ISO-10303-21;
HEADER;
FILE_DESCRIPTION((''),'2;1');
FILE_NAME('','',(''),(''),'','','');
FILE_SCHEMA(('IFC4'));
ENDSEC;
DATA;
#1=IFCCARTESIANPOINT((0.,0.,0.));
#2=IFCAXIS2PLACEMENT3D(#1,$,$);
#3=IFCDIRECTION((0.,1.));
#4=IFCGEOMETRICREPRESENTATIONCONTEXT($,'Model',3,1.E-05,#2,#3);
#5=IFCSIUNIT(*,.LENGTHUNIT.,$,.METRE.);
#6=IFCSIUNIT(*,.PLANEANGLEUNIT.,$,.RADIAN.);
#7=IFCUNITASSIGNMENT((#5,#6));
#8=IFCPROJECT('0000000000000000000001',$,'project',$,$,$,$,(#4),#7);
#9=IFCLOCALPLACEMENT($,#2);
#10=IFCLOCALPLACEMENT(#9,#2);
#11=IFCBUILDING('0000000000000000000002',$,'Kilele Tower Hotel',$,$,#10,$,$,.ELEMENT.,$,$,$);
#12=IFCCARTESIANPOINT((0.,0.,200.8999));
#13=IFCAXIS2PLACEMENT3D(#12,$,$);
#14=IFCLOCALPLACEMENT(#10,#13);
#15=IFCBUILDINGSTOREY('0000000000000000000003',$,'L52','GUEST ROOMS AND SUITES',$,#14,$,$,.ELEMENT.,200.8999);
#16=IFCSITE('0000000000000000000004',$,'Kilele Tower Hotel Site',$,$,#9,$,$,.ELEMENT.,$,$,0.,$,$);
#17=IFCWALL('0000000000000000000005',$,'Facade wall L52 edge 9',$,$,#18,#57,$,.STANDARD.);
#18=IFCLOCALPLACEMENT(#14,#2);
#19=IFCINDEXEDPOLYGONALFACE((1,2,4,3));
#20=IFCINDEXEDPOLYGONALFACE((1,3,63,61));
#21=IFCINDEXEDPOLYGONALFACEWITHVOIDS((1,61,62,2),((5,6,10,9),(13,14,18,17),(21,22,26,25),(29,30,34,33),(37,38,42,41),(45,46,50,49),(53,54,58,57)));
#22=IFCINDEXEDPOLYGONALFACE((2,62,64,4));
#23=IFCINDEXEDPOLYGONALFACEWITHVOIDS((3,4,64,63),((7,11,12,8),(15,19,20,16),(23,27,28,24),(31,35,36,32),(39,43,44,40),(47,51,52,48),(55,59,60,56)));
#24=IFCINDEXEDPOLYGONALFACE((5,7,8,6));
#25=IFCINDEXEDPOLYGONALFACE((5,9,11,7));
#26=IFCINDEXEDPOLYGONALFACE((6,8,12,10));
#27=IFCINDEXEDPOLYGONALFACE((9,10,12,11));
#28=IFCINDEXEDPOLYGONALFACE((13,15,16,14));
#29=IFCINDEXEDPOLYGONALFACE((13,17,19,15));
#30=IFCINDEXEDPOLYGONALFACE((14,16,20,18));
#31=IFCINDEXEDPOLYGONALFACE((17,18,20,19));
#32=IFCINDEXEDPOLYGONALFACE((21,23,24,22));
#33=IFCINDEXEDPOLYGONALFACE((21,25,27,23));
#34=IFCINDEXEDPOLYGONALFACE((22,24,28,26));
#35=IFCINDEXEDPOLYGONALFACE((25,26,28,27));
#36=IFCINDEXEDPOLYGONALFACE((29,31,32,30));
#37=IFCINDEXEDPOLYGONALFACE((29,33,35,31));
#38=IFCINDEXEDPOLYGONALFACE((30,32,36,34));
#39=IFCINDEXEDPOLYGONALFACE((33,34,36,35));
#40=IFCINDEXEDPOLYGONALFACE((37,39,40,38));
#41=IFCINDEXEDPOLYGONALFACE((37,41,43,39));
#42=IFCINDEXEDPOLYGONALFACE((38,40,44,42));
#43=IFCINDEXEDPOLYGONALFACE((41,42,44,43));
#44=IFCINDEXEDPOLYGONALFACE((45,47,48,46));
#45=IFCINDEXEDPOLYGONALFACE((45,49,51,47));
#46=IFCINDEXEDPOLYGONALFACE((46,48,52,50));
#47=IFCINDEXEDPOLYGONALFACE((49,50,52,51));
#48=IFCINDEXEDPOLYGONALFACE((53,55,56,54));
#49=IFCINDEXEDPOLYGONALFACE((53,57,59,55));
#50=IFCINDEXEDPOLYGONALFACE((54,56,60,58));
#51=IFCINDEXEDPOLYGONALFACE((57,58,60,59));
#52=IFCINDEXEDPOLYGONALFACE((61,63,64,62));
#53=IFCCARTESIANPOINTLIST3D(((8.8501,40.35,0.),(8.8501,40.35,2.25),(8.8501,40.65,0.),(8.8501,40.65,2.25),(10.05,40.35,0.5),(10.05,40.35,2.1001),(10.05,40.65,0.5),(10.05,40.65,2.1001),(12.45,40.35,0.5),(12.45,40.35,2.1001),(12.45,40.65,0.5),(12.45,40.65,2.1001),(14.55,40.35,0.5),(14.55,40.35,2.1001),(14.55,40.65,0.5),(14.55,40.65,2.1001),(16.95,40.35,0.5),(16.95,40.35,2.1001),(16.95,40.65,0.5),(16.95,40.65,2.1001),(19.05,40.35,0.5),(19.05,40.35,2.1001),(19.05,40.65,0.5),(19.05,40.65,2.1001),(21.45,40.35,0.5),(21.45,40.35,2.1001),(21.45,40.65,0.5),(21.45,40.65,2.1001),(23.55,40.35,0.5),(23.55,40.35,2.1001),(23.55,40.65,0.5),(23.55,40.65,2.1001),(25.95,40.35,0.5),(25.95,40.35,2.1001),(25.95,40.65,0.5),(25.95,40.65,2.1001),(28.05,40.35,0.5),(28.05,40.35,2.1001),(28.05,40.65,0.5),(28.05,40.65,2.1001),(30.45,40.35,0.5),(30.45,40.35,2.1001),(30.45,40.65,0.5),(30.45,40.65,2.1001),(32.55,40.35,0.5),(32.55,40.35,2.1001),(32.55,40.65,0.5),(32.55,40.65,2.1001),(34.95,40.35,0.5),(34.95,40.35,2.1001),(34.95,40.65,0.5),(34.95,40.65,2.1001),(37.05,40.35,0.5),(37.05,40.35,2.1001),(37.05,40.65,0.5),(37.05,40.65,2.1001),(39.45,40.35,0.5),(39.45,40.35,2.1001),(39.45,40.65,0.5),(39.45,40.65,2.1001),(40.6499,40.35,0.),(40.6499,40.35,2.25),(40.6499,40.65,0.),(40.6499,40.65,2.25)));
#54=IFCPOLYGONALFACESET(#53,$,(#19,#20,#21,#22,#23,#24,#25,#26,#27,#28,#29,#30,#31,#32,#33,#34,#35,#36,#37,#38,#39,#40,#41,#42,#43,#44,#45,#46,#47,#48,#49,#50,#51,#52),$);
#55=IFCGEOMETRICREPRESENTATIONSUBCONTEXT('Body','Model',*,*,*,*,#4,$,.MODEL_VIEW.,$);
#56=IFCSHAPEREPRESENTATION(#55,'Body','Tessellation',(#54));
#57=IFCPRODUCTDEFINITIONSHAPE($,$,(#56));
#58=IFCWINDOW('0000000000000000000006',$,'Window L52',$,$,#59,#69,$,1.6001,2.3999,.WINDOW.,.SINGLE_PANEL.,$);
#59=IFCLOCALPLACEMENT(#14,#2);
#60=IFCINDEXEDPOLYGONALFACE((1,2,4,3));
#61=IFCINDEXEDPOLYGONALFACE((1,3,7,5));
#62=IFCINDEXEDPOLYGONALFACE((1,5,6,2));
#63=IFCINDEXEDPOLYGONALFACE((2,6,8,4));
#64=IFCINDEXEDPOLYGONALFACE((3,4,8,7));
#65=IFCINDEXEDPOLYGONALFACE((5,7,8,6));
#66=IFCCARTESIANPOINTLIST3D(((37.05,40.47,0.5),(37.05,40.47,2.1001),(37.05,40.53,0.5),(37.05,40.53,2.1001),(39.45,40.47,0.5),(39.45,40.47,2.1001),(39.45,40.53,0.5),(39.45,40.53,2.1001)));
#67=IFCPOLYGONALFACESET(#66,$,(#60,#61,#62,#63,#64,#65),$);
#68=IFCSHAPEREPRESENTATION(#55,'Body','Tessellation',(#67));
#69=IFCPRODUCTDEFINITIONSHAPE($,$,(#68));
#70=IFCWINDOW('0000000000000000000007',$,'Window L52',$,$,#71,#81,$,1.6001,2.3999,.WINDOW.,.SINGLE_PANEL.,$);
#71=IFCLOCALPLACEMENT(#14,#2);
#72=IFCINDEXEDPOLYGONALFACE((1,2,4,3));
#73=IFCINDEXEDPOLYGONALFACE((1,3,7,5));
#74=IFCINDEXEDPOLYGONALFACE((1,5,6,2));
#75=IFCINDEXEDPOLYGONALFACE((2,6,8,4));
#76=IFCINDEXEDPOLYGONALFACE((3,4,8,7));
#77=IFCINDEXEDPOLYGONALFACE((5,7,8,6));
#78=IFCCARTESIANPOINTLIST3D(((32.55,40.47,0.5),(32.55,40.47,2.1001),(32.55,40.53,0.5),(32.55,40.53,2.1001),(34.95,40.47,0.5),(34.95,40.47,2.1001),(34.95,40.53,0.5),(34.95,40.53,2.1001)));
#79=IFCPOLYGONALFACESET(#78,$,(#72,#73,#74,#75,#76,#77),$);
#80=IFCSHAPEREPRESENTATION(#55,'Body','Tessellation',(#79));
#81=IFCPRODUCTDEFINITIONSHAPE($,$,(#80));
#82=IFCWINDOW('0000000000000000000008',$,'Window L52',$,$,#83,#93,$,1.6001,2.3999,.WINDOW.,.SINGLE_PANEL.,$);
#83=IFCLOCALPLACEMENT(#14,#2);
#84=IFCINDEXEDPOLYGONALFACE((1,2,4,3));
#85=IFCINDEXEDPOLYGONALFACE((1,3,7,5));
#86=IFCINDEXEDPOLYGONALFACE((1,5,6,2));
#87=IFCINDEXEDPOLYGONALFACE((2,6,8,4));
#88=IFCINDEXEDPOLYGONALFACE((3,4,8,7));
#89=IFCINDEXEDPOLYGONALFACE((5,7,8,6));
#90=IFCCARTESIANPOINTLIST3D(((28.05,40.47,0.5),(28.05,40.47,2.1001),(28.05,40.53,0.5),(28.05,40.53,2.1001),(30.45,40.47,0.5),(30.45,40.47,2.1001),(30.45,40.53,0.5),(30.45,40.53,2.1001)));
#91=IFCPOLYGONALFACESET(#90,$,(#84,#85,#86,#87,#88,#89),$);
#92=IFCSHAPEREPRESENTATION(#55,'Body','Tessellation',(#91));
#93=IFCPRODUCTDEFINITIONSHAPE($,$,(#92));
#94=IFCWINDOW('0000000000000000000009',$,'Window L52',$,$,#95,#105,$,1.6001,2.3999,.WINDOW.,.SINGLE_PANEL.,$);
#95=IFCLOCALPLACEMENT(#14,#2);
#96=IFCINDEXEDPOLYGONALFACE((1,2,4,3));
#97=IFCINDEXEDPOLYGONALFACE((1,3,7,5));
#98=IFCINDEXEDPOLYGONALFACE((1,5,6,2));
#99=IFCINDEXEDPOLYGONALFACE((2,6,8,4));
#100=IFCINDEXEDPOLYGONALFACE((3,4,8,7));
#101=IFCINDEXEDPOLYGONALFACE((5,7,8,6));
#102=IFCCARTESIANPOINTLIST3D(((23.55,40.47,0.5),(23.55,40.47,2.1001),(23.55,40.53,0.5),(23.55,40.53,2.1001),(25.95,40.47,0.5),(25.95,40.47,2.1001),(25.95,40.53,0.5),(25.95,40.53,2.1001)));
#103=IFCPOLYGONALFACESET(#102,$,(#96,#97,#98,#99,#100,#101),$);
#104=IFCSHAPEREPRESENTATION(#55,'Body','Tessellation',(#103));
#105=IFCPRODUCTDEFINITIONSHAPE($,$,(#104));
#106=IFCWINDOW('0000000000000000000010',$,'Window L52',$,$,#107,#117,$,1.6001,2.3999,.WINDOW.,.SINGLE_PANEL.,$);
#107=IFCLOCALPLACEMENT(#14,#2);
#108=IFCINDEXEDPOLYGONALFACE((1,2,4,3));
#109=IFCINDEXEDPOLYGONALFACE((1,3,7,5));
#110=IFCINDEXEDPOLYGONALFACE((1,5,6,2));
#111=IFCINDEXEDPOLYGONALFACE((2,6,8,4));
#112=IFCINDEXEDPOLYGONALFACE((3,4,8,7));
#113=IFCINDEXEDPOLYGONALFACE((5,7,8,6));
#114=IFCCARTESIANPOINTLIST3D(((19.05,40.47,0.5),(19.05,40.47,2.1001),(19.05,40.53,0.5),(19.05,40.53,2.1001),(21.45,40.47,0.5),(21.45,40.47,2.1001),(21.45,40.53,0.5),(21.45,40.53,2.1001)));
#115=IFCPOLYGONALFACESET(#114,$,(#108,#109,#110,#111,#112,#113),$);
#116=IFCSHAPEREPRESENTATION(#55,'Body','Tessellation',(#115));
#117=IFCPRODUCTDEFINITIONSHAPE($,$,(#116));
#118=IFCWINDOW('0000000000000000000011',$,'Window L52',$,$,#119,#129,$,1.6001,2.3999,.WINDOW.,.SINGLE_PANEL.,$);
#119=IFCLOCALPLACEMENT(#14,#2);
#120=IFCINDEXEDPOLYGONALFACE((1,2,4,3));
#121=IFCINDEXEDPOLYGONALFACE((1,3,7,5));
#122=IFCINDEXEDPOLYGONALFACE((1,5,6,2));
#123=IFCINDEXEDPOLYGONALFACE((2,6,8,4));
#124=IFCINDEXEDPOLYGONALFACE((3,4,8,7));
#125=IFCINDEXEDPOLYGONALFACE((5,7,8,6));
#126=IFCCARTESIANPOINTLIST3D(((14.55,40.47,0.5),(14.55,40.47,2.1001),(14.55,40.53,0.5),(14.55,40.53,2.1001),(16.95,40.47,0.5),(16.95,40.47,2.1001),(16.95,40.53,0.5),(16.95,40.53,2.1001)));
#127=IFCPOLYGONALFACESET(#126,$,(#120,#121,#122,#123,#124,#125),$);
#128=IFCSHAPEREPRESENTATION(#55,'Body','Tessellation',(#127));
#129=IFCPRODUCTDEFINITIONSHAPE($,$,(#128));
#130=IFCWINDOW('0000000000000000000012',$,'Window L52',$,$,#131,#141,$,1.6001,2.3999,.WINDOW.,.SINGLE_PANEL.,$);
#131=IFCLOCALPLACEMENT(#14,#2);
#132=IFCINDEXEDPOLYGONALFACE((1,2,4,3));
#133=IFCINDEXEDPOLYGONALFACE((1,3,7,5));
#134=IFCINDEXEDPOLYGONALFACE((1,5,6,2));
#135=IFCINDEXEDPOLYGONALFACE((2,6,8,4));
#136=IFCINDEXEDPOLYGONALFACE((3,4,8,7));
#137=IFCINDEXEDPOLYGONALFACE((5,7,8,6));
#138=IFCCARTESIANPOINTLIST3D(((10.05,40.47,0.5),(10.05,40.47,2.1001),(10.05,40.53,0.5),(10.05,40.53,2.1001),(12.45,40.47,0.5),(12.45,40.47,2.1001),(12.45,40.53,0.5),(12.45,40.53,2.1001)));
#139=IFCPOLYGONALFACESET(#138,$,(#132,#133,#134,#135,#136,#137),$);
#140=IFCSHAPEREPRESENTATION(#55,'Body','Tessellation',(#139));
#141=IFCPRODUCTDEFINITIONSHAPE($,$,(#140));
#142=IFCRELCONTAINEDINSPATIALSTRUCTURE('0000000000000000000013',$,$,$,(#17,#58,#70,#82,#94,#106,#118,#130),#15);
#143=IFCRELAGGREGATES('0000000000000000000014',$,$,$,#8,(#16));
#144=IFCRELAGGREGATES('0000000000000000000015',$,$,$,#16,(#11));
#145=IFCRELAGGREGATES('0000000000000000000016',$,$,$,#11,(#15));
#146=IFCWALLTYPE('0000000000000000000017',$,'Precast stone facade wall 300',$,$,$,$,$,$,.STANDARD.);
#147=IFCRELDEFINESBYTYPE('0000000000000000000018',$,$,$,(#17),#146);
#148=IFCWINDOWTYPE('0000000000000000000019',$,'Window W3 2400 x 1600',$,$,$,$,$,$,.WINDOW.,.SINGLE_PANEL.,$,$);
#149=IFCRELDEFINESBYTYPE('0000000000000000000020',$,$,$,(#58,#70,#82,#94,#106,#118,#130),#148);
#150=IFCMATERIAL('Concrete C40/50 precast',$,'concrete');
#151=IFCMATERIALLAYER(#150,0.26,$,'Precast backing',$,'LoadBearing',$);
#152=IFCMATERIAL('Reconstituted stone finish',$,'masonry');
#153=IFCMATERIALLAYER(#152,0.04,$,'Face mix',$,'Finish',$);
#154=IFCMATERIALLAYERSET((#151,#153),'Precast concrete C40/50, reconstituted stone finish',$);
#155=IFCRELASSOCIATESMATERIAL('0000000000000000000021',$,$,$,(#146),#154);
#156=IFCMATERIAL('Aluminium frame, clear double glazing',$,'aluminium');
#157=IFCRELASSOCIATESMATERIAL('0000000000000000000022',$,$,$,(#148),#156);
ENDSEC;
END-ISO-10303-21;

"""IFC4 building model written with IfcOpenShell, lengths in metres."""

from ifc_helpers import new_model, si_unit, direction, frame, frame_2d, origin, place, context, subcontext, project, spatial, rectangle, extrude, material, layer, layer_set, type_object, element, fill, save


model = new_model("IFC4")

# Units and contexts
model_context = context("Model", 3, precision=1e-05, world=origin(), true_north=direction((0.0, 1.0)))
body_context = subcontext(model_context, "Body", "Model", "MODEL_VIEW")
ifc_project = project(units=[si_unit("LENGTHUNIT", "METRE"), si_unit("PLANEANGLEUNIT", "RADIAN")], contexts=[model_context])

# Site, building, storey
site_placement = place(None, origin())
site = spatial("IfcSite", under=ifc_project, at=site_placement, Name="Kilele Tower Hotel Site", CompositionType="ELEMENT", RefElevation=0.0)
building_placement = place(site_placement, origin())
building = spatial("IfcBuilding", under=site, at=building_placement, Name="Kilele Tower Hotel", CompositionType="ELEMENT")
storey_placement = place(building_placement, frame((0.0, 0.0, 200.8999)))
storey = spatial("IfcBuildingStorey", under=building, at=storey_placement, Name="L52", Description="GUEST ROOMS AND SUITES", CompositionType="ELEMENT", Elevation=200.8999)

# Shared definitions
ifc_material_1 = material(Name="Concrete C40/50 precast", Category="concrete")
ifc_layer_1 = layer(ifc_material_1, 0.26, Name="Precast backing", Category="LoadBearing")
ifc_material_2 = material(Name="Reconstituted stone finish", Category="masonry")
ifc_layer_2 = layer(ifc_material_2, 0.04, Name="Face mix", Category="Finish")
ifc_layer_set_1 = layer_set([ifc_layer_1, ifc_layer_2], Name="Precast concrete C40/50, reconstituted stone finish")
wall_type_1 = type_object("IfcWallType", Name="Precast stone facade wall 300", PredefinedType="STANDARD", material=ifc_layer_set_1)
ifc_material_3 = material(Name="Aluminium frame, clear double glazing", Category="aluminium")
window_type = type_object("IfcWindowType", Name="Window W3 2400 x 1600", PartitioningType="SINGLE_PANEL", PredefinedType="WINDOW", material=ifc_material_3)

# Wall, openings, windows
wall_1_placement = place(storey_placement, frame((40.6499, 40.5, 0.0), z_axis=(0.0, 0.0, 1.0), x_axis=(-1.0, 0.0, 0.0)))
wall_1 = element("IfcWall", 1, at=wall_1_placement, inside=storey, type_object=wall_type_1, Name="Facade wall L52 edge 9", PredefinedType="STANDARD", context=body_context, shape_type="SweptSolid", body=[
    extrude(rectangle(XDim=31.7998, YDim=0.3, at=frame_2d((15.8999, 0.0))), origin(), (0.0, 0.0, 1.0), 2.25),
])
opening_1_placement = place(wall_1_placement, frame((1.2, 0.0, 0.5)))
opening_1 = element("IfcOpeningElement", 2, at=opening_1_placement, cuts=wall_1, PredefinedType="OPENING", context=body_context, shape_type="SweptSolid", body=[
    extrude(rectangle(XDim=2.3999, YDim=1.6001, at=frame_2d((1.2, 0.8))), frame((0.0, 0.1599, 0.0), z_axis=(0.0, -1.0, 0.0), x_axis=(1.0, 0.0, 0.0)), (0.0, 0.0, 1.0), 0.3201),
])
opening_2_placement = place(wall_1_placement, frame((5.7, 0.0, 0.5)))
opening_2 = element("IfcOpeningElement", 3, at=opening_2_placement, cuts=wall_1, PredefinedType="OPENING", context=body_context, shape_type="SweptSolid", body=[
    extrude(rectangle(XDim=2.3999, YDim=1.6001, at=frame_2d((1.2, 0.8))), frame((0.0, 0.1599, 0.0), z_axis=(0.0, -1.0, 0.0), x_axis=(1.0, 0.0, 0.0)), (0.0, 0.0, 1.0), 0.3201),
])
opening_3_placement = place(wall_1_placement, frame((10.2, 0.0, 0.5)))
opening_3 = element("IfcOpeningElement", 4, at=opening_3_placement, cuts=wall_1, PredefinedType="OPENING", context=body_context, shape_type="SweptSolid", body=[
    extrude(rectangle(XDim=2.3999, YDim=1.6001, at=frame_2d((1.2, 0.8))), frame((0.0, 0.1599, 0.0), z_axis=(0.0, -1.0, 0.0), x_axis=(1.0, 0.0, 0.0)), (0.0, 0.0, 1.0), 0.3201),
])
opening_4_placement = place(wall_1_placement, frame((14.7, 0.0, 0.5)))
opening_4 = element("IfcOpeningElement", 5, at=opening_4_placement, cuts=wall_1, PredefinedType="OPENING", context=body_context, shape_type="SweptSolid", body=[
    extrude(rectangle(XDim=2.3999, YDim=1.6001, at=frame_2d((1.2, 0.8))), frame((0.0, 0.1599, 0.0), z_axis=(0.0, -1.0, 0.0), x_axis=(1.0, 0.0, 0.0)), (0.0, 0.0, 1.0), 0.3201),
])
opening_5_placement = place(wall_1_placement, frame((19.2, 0.0, 0.5)))
opening_5 = element("IfcOpeningElement", 6, at=opening_5_placement, cuts=wall_1, PredefinedType="OPENING", context=body_context, shape_type="SweptSolid", body=[
    extrude(rectangle(XDim=2.3999, YDim=1.6001, at=frame_2d((1.2, 0.8))), frame((0.0, 0.1599, 0.0), z_axis=(0.0, -1.0, 0.0), x_axis=(1.0, 0.0, 0.0)), (0.0, 0.0, 1.0), 0.3201),
])
opening_6_placement = place(wall_1_placement, frame((23.7, 0.0, 0.5)))
opening_6 = element("IfcOpeningElement", 7, at=opening_6_placement, cuts=wall_1, PredefinedType="OPENING", context=body_context, shape_type="SweptSolid", body=[
    extrude(rectangle(XDim=2.3999, YDim=1.6001, at=frame_2d((1.2, 0.8))), frame((0.0, 0.1599, 0.0), z_axis=(0.0, -1.0, 0.0), x_axis=(1.0, 0.0, 0.0)), (0.0, 0.0, 1.0), 0.3201),
])
opening_7_placement = place(wall_1_placement, frame((28.2, 0.0, 0.5)))
opening_7 = element("IfcOpeningElement", 8, at=opening_7_placement, cuts=wall_1, PredefinedType="OPENING", context=body_context, shape_type="SweptSolid", body=[
    extrude(rectangle(XDim=2.3999, YDim=1.6001, at=frame_2d((1.2, 0.8))), frame((0.0, 0.1599, 0.0), z_axis=(0.0, -1.0, 0.0), x_axis=(1.0, 0.0, 0.0)), (0.0, 0.0, 1.0), 0.3201),
])
window_1_placement = place(opening_1_placement, origin())
window_1 = element("IfcWindow", 9, at=window_1_placement, inside=storey, type_object=window_type, Name="Window L52", OverallHeight=1.6001, OverallWidth=2.3999, PartitioningType="SINGLE_PANEL", PredefinedType="WINDOW", context=body_context, shape_type="SweptSolid", body=[
    extrude(rectangle(XDim=2.3999, YDim=1.6001, at=frame_2d((1.2, 0.8))), frame((0.0, 0.03, 0.0), z_axis=(0.0, -1.0, 0.0), x_axis=(1.0, 0.0, 0.0)), (0.0, 0.0, 1.0), 0.0601),
])
fill(opening_1, window_1)
window_2_placement = place(opening_2_placement, origin())
window_2 = element("IfcWindow", 10, at=window_2_placement, inside=storey, type_object=window_type, Name="Window L52", OverallHeight=1.6001, OverallWidth=2.3999, PartitioningType="SINGLE_PANEL", PredefinedType="WINDOW", context=body_context, shape_type="SweptSolid", body=[
    extrude(rectangle(XDim=2.3999, YDim=1.6001, at=frame_2d((1.2, 0.8))), frame((0.0, 0.03, 0.0), z_axis=(0.0, -1.0, 0.0), x_axis=(1.0, 0.0, 0.0)), (0.0, 0.0, 1.0), 0.0601),
])
fill(opening_2, window_2)
window_3_placement = place(opening_3_placement, origin())
window_3 = element("IfcWindow", 11, at=window_3_placement, inside=storey, type_object=window_type, Name="Window L52", OverallHeight=1.6001, OverallWidth=2.3999, PartitioningType="SINGLE_PANEL", PredefinedType="WINDOW", context=body_context, shape_type="SweptSolid", body=[
    extrude(rectangle(XDim=2.3999, YDim=1.6001, at=frame_2d((1.2, 0.8))), frame((0.0, 0.03, 0.0), z_axis=(0.0, -1.0, 0.0), x_axis=(1.0, 0.0, 0.0)), (0.0, 0.0, 1.0), 0.0601),
])
fill(opening_3, window_3)
window_4_placement = place(opening_4_placement, origin())
window_4 = element("IfcWindow", 12, at=window_4_placement, inside=storey, type_object=window_type, Name="Window L52", OverallHeight=1.6001, OverallWidth=2.3999, PartitioningType="SINGLE_PANEL", PredefinedType="WINDOW", context=body_context, shape_type="SweptSolid", body=[
    extrude(rectangle(XDim=2.3999, YDim=1.6001, at=frame_2d((1.2, 0.8))), frame((0.0, 0.03, 0.0), z_axis=(0.0, -1.0, 0.0), x_axis=(1.0, 0.0, 0.0)), (0.0, 0.0, 1.0), 0.0601),
])
fill(opening_4, window_4)
window_5_placement = place(opening_5_placement, origin())
window_5 = element("IfcWindow", 13, at=window_5_placement, inside=storey, type_object=window_type, Name="Window L52", OverallHeight=1.6001, OverallWidth=2.3999, PartitioningType="SINGLE_PANEL", PredefinedType="WINDOW", context=body_context, shape_type="SweptSolid", body=[
    extrude(rectangle(XDim=2.3999, YDim=1.6001, at=frame_2d((1.2, 0.8))), frame((0.0, 0.03, 0.0), z_axis=(0.0, -1.0, 0.0), x_axis=(1.0, 0.0, 0.0)), (0.0, 0.0, 1.0), 0.0601),
])
fill(opening_5, window_5)
window_6_placement = place(opening_6_placement, origin())
window_6 = element("IfcWindow", 14, at=window_6_placement, inside=storey, type_object=window_type, Name="Window L52", OverallHeight=1.6001, OverallWidth=2.3999, PartitioningType="SINGLE_PANEL", PredefinedType="WINDOW", context=body_context, shape_type="SweptSolid", body=[
    extrude(rectangle(XDim=2.3999, YDim=1.6001, at=frame_2d((1.2, 0.8))), frame((0.0, 0.03, 0.0), z_axis=(0.0, -1.0, 0.0), x_axis=(1.0, 0.0, 0.0)), (0.0, 0.0, 1.0), 0.0601),
])
fill(opening_6, window_6)
window_7_placement = place(opening_7_placement, origin())
window_7 = element("IfcWindow", 15, at=window_7_placement, inside=storey, type_object=window_type, Name="Window L52", OverallHeight=1.6001, OverallWidth=2.3999, PartitioningType="SINGLE_PANEL", PredefinedType="WINDOW", context=body_context, shape_type="SweptSolid", body=[
    extrude(rectangle(XDim=2.3999, YDim=1.6001, at=frame_2d((1.2, 0.8))), frame((0.0, 0.03, 0.0), z_axis=(0.0, -1.0, 0.0), x_axis=(1.0, 0.0, 0.0)), (0.0, 0.0, 1.0), 0.0601),
])
fill(opening_7, window_7)

save(model, "model.ifc")
